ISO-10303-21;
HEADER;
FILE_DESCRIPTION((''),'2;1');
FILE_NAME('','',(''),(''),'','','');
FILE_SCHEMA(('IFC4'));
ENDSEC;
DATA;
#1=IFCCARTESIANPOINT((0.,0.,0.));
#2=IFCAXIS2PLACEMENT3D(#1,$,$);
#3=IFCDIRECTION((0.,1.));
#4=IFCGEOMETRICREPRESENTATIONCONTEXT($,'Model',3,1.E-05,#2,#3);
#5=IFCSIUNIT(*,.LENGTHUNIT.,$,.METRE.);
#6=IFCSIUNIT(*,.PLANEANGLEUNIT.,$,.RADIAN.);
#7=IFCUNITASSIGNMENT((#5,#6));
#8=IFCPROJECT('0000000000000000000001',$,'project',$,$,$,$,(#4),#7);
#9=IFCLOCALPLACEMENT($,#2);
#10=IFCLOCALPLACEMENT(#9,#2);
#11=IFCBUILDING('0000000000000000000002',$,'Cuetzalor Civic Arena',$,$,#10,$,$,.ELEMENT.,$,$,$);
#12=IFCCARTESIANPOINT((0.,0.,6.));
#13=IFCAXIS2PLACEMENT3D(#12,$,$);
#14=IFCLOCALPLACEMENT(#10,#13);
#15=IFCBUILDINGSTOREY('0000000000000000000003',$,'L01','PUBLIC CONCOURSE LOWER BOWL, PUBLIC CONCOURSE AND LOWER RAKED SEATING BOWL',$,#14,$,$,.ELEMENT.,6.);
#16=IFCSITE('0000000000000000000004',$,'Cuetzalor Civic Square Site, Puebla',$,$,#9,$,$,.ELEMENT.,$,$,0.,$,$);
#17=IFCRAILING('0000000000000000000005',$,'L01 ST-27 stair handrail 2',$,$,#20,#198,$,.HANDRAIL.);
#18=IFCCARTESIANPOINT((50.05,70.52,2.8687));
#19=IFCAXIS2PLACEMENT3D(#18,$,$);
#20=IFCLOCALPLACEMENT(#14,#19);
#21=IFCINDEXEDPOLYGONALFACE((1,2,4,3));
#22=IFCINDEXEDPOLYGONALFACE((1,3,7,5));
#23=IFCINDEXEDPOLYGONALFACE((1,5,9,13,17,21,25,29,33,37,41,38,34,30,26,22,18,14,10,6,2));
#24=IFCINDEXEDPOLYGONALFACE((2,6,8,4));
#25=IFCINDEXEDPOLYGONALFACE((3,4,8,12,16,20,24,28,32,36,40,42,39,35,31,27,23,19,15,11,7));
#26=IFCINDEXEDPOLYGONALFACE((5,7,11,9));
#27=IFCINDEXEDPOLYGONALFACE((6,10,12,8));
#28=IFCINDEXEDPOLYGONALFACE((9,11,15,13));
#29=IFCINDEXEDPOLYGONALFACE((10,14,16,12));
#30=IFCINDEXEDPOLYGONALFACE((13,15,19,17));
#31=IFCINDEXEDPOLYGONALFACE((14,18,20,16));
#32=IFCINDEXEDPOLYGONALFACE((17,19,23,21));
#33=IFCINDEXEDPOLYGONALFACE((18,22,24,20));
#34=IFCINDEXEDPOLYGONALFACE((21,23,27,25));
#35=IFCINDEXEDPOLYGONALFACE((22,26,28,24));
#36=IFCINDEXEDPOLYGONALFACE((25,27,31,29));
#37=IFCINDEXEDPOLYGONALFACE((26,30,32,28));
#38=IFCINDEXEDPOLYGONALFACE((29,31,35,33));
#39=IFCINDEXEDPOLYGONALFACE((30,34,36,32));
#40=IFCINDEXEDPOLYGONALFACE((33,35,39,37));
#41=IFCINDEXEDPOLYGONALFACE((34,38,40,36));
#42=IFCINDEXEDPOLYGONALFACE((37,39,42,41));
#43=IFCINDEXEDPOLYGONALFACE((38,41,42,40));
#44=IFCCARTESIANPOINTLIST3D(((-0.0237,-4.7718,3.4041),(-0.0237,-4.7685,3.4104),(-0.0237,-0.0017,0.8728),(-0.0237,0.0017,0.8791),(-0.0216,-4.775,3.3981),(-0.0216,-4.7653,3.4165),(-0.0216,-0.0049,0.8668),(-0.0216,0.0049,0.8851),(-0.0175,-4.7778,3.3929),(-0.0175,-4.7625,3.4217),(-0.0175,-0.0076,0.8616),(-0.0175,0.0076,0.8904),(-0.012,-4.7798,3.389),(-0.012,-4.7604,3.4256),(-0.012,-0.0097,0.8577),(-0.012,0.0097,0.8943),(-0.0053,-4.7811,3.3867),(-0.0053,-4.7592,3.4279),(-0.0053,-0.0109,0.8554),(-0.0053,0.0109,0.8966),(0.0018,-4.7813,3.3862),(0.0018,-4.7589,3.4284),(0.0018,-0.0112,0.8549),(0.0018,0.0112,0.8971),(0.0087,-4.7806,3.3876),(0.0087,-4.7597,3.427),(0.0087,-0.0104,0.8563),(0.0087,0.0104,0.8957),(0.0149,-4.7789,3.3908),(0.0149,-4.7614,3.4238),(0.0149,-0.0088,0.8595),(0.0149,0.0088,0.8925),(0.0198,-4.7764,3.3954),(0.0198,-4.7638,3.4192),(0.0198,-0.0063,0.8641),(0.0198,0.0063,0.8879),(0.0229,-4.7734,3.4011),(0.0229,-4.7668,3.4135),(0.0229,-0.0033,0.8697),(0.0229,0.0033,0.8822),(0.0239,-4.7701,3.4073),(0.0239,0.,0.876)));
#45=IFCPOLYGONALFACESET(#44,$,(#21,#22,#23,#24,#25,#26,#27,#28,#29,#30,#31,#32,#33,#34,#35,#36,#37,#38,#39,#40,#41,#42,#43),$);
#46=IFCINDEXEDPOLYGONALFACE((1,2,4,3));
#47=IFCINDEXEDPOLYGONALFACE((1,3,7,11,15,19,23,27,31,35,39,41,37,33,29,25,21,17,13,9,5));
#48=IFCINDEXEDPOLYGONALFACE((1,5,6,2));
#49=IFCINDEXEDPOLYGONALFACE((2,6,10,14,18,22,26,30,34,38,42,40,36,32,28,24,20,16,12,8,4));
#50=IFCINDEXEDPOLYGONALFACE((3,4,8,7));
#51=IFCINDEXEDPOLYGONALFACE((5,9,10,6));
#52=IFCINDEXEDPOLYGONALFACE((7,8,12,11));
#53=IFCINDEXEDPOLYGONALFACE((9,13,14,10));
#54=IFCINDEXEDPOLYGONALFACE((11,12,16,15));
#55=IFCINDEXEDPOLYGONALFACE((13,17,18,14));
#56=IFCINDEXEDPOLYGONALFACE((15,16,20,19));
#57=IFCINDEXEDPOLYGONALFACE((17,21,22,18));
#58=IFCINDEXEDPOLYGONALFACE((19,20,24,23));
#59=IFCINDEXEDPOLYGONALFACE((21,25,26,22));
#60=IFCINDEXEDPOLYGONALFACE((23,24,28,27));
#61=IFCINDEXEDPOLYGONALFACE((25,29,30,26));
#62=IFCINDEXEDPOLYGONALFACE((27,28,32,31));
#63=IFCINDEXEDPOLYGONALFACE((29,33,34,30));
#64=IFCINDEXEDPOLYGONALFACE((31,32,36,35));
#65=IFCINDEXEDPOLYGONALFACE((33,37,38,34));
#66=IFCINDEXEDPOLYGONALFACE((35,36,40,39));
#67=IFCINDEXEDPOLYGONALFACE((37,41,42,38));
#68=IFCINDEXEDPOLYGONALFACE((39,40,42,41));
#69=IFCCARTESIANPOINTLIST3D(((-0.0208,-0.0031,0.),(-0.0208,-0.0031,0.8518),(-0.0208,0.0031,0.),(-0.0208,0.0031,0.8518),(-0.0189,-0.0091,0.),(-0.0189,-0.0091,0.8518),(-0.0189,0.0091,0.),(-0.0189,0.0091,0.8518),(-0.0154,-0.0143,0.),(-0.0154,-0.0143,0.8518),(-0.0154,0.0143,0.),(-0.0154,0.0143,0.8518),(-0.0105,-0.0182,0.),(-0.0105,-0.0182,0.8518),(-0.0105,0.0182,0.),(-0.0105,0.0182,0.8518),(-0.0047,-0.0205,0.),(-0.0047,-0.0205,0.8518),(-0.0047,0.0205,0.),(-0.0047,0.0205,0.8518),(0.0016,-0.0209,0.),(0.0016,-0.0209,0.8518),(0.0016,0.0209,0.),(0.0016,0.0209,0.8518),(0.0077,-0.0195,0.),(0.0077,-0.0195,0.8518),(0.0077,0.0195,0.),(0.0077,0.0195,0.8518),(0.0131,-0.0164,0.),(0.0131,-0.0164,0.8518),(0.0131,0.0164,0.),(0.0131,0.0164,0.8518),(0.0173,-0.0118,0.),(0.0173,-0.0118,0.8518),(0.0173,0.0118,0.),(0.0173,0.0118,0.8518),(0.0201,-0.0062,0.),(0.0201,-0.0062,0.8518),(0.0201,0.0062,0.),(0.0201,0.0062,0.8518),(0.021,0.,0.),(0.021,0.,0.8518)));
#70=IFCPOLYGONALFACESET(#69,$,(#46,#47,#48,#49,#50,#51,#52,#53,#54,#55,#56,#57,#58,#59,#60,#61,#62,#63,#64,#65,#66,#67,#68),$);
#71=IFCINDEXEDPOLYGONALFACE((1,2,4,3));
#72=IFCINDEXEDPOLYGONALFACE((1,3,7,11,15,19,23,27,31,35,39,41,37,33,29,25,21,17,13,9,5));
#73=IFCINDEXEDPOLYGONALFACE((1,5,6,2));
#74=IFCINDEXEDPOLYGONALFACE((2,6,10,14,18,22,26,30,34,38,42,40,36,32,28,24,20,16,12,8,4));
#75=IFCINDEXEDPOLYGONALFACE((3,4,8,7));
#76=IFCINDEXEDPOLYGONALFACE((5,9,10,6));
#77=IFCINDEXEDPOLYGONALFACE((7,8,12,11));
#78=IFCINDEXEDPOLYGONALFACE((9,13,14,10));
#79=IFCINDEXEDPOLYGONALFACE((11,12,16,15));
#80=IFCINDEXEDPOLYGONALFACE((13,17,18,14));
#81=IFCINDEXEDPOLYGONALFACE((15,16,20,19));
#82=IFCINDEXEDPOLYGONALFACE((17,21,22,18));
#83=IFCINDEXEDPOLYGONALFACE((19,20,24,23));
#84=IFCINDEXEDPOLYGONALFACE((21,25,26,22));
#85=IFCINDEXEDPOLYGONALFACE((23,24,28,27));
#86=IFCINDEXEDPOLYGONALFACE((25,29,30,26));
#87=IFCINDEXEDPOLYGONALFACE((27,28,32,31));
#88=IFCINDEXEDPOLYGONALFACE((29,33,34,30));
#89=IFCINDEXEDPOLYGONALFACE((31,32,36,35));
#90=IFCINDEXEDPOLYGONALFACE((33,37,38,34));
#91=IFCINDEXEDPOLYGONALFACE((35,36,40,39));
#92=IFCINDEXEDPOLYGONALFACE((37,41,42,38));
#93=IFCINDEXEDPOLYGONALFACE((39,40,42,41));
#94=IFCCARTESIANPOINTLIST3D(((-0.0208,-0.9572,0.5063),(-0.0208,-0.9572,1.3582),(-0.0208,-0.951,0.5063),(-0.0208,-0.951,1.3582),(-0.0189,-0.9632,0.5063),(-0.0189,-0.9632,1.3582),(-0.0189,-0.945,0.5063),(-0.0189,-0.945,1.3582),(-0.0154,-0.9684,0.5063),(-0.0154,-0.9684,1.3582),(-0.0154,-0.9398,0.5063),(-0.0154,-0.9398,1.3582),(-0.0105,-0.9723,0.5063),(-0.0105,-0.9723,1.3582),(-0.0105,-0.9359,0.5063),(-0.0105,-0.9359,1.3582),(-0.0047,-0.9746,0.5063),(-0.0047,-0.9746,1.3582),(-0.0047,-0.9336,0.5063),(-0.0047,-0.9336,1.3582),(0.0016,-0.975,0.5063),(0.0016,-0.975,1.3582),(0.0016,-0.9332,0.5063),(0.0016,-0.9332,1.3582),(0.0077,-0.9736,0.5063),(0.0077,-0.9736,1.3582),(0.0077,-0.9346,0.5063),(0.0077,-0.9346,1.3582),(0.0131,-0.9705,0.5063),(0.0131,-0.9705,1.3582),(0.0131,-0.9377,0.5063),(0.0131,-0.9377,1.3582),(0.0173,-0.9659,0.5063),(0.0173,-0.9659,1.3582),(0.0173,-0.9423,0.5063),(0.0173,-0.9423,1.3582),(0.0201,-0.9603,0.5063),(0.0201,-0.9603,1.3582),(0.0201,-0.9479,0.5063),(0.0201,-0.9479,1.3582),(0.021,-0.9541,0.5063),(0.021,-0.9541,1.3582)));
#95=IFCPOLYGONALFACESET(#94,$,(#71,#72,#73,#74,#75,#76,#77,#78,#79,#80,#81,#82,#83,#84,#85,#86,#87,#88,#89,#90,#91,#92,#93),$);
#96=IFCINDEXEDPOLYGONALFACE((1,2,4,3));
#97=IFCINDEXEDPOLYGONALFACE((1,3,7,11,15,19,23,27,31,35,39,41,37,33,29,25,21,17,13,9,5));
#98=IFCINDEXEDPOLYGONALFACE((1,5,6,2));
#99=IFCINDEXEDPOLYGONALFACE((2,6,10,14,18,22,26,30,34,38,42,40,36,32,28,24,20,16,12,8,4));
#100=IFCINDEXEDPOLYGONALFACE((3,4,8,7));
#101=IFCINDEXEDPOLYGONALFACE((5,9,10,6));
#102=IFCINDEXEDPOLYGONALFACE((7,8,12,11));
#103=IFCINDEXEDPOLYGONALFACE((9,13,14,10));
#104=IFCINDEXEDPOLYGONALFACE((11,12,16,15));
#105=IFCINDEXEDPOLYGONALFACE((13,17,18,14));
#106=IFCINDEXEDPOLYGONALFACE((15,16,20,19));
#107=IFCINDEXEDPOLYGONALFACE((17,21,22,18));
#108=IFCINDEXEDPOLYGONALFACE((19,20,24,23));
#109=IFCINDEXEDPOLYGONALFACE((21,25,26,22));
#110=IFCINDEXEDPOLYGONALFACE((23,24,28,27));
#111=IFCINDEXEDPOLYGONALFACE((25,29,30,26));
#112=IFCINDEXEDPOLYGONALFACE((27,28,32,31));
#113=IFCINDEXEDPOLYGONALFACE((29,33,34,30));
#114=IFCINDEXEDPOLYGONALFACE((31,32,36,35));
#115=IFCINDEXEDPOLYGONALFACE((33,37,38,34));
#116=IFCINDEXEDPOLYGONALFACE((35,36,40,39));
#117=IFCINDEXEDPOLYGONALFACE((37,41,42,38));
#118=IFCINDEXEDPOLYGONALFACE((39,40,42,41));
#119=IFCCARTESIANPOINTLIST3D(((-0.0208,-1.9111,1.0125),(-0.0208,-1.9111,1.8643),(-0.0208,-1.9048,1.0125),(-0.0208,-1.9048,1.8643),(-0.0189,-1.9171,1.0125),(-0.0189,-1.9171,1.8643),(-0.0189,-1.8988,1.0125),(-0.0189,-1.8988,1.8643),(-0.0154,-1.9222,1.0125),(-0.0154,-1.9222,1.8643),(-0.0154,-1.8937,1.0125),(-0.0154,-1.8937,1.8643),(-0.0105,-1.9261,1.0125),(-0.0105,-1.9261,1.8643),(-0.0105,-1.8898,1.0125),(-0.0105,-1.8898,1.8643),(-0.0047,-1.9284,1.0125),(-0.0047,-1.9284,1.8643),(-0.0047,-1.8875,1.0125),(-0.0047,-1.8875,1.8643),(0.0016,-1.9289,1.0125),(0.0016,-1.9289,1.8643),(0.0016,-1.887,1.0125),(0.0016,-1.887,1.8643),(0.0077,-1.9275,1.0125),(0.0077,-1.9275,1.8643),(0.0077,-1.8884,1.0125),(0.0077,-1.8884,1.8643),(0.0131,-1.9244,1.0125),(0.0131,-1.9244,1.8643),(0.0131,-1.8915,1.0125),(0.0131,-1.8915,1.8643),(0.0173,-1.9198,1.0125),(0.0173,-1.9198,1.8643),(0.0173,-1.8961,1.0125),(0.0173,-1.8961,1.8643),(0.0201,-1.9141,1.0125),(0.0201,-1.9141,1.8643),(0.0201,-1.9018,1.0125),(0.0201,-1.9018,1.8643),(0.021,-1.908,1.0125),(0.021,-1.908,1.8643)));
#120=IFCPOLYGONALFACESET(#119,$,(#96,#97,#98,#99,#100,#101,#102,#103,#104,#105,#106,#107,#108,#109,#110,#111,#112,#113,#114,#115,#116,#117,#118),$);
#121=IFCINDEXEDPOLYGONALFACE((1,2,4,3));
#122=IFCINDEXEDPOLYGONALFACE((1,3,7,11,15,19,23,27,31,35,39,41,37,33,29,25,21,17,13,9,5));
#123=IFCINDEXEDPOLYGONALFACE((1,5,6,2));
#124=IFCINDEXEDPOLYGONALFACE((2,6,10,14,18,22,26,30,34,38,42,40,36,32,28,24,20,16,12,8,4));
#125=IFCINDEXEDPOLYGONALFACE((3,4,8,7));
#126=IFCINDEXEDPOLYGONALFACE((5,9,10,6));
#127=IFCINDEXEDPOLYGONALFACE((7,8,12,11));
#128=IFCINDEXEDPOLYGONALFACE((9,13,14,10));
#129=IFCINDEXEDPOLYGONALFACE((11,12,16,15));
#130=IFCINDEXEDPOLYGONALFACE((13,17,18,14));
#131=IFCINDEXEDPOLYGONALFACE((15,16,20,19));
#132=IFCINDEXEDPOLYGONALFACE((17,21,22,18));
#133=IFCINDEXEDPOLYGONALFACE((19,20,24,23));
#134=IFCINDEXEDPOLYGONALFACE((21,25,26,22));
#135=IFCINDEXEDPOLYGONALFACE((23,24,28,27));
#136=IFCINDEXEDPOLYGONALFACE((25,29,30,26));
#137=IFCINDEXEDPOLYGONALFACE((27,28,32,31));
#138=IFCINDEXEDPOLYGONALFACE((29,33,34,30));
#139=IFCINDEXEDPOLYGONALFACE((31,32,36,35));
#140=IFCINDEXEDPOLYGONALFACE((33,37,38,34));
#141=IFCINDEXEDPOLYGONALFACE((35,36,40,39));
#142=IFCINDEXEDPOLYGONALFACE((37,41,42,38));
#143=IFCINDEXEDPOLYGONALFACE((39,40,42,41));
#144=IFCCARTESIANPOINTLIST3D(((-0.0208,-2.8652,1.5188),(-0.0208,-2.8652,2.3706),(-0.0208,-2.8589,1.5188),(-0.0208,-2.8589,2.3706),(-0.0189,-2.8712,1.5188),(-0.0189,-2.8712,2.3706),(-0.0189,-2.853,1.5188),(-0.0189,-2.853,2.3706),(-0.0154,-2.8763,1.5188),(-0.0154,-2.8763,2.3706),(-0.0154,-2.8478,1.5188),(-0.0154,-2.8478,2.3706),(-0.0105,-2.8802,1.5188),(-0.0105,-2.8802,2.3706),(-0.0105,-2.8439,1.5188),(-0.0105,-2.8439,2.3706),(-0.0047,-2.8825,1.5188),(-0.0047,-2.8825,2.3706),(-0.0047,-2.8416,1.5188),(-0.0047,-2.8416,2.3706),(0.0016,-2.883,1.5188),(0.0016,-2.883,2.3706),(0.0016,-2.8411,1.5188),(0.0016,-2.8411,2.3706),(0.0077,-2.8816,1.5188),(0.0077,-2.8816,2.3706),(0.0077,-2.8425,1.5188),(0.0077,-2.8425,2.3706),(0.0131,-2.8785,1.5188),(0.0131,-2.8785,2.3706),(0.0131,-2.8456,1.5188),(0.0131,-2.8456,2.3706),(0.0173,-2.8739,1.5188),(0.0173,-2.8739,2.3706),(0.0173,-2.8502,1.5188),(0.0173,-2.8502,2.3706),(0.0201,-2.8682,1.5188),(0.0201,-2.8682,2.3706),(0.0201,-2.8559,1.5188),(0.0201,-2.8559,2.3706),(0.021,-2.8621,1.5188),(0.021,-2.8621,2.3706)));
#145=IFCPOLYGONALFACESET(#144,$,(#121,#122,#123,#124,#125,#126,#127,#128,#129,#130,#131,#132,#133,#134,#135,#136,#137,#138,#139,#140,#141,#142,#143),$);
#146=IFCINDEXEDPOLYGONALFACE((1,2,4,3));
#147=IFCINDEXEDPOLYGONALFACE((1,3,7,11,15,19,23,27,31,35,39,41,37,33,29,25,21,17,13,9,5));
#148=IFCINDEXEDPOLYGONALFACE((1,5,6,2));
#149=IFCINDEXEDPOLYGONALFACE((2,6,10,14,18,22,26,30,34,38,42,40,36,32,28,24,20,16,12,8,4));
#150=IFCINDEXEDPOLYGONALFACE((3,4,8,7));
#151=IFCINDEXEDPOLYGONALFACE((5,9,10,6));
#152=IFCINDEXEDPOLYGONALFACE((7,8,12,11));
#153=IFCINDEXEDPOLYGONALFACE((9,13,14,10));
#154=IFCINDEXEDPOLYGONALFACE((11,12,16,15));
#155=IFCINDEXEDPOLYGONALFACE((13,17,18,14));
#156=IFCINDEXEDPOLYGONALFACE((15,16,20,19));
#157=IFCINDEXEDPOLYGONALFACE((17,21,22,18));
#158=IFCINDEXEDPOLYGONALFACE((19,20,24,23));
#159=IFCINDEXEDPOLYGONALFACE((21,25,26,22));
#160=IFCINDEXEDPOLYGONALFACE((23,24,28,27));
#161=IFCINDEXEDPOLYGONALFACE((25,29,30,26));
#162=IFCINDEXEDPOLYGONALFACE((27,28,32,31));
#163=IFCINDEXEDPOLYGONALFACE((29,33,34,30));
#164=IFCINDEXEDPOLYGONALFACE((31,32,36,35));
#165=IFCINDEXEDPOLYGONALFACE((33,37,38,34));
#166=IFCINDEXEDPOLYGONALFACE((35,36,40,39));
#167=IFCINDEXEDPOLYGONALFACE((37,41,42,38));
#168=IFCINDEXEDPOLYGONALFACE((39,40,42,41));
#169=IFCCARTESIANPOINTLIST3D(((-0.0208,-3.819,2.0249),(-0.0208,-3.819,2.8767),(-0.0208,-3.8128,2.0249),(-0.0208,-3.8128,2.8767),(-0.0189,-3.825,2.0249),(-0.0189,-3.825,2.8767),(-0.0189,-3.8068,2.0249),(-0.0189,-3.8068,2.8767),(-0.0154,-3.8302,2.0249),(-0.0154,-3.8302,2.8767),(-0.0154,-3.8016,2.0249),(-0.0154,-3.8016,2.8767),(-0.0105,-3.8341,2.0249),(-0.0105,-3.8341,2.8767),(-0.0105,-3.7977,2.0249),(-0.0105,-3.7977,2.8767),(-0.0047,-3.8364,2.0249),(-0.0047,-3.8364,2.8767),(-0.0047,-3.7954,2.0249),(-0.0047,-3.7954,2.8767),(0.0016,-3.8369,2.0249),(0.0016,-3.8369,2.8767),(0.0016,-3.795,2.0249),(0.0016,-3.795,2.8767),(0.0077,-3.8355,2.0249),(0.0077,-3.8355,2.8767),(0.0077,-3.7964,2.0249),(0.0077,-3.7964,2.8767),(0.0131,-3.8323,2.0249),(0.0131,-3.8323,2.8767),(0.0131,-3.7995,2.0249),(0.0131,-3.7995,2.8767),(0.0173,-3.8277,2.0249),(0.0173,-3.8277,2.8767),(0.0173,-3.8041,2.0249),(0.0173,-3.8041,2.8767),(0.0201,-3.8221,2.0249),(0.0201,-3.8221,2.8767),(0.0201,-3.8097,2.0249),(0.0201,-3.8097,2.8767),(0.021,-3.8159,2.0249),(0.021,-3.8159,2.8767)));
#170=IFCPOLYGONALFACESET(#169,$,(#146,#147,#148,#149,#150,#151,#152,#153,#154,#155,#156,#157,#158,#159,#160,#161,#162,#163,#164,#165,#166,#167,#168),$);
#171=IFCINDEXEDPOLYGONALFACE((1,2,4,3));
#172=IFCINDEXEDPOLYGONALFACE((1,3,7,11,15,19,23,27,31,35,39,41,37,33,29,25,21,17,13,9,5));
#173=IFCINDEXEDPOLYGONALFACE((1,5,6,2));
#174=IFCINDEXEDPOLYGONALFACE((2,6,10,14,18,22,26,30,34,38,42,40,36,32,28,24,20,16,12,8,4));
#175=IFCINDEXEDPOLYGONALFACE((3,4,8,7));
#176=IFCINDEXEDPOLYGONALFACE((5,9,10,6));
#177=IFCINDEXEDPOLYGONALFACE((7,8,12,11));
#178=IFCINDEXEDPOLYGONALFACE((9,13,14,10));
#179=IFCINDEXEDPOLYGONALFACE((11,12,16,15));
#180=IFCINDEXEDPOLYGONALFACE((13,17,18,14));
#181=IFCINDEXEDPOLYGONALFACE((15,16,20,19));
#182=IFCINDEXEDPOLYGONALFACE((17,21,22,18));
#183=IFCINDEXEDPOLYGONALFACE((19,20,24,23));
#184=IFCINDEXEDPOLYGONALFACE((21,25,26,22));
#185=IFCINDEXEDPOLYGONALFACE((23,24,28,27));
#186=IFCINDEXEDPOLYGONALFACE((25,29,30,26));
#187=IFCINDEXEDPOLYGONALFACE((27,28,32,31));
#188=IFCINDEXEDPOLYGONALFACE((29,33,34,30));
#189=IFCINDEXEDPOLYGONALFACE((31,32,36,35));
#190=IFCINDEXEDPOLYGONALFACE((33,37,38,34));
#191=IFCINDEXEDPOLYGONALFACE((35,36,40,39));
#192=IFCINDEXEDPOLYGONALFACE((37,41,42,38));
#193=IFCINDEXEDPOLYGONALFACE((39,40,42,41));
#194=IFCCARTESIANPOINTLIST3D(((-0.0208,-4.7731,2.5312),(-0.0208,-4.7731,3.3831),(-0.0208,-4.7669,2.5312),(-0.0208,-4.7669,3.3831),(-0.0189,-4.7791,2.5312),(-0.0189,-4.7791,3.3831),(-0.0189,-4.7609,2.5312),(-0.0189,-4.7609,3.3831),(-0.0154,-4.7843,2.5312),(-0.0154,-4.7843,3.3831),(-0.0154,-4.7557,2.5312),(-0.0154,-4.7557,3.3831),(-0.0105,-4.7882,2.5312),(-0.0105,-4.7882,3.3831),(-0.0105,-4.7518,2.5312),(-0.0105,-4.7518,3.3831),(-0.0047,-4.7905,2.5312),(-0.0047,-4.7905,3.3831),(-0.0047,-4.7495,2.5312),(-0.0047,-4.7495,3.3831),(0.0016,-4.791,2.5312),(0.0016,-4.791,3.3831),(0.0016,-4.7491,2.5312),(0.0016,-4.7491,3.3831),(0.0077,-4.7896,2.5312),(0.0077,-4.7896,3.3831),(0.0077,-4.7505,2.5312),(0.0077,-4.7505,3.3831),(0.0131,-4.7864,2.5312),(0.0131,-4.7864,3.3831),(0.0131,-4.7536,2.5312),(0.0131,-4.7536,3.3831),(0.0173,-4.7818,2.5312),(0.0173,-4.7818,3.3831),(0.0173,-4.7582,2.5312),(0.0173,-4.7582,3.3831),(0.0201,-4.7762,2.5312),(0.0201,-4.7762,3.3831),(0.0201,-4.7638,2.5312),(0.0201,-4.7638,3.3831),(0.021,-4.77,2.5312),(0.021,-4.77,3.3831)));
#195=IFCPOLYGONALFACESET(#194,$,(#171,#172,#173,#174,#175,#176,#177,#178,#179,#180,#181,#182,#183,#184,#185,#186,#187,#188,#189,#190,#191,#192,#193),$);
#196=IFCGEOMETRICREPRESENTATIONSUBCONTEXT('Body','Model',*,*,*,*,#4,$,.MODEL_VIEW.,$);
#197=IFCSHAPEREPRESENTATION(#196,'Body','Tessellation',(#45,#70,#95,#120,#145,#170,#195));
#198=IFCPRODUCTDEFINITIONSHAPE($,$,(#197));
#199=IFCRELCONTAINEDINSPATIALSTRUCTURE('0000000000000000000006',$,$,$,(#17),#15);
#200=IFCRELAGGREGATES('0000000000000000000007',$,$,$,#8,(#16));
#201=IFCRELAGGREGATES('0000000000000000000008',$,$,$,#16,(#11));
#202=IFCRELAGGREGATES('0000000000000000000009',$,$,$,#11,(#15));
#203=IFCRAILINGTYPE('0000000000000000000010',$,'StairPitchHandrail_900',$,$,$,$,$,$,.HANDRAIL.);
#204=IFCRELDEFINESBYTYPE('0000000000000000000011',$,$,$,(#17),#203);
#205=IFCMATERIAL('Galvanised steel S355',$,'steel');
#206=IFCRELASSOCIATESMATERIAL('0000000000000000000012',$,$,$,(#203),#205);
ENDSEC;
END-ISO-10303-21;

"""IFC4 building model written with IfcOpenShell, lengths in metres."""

from ifc_helpers import new_model, si_unit, direction, frame, origin, origin_2d, place, context, subcontext, project, spatial, circle, extrude, material, type_object, element, save


model = new_model("IFC4")

# Units and contexts
model_context = context("Model", 3, precision=1e-05, world=origin(), true_north=direction((0.0, 1.0)))
body_context = subcontext(model_context, "Body", "Model", "MODEL_VIEW")
ifc_project = project(units=[si_unit("LENGTHUNIT", "METRE"), si_unit("PLANEANGLEUNIT", "RADIAN")], contexts=[model_context])

# Site, building, storey
site_placement = place(None, origin())
site = spatial("IfcSite", under=ifc_project, at=site_placement, Name="Cuetzalor Civic Square Site, Puebla", CompositionType="ELEMENT", RefElevation=0.0)
building_placement = place(site_placement, origin())
building = spatial("IfcBuilding", under=site, at=building_placement, Name="Cuetzalor Civic Arena", CompositionType="ELEMENT")
storey_placement = place(building_placement, frame((0.0, 0.0, 6.0)))
storey = spatial("IfcBuildingStorey", under=building, at=storey_placement, Name="L01", Description="PUBLIC CONCOURSE LOWER BOWL, PUBLIC CONCOURSE AND LOWER RAKED SEATING BOWL", CompositionType="ELEMENT", Elevation=6.0)

# Railing
ifc_material_1 = material(Name="Galvanised steel S355", Category="steel")
railing_type_1 = type_object("IfcRailingType", Name="StairPitchHandrail_900", PredefinedType="HANDRAIL", material=ifc_material_1)
railing_1_placement = place(storey_placement, frame((50.05, 70.52, 2.8687)))
element("IfcRailing", 1, at=railing_1_placement, inside=storey, type_object=railing_type_1, Name="L01 ST-27 stair handrail 2", PredefinedType="HANDRAIL", context=body_context, shape_type="SweptSolid", body=[
    extrude(circle(Radius=0.0239, at=origin_2d()), frame((0.0, 0.0, 0.876), z_axis=(0.0, -0.883332, 0.468747), x_axis=(1.0, 0.0, 0.0)), (0.0, 0.0, 1.0), 5.4001),
    extrude(circle(Radius=0.021, at=origin_2d()), origin(), (0.0, 0.0, 1.0), 0.8518),
    extrude(circle(Radius=0.021, at=origin_2d()), frame((0.0, -0.9541, 0.5063)), (0.0, 0.0, 1.0), 0.8518),
    extrude(circle(Radius=0.021, at=origin_2d()), frame((0.0, -1.908, 1.0125)), (0.0, 0.0, 1.0), 0.8518),
    extrude(circle(Radius=0.021, at=origin_2d()), frame((0.0, -2.8621, 1.5188)), (0.0, 0.0, 1.0), 0.8518),
    extrude(circle(Radius=0.021, at=origin_2d()), frame((0.0, -3.8159, 2.0249)), (0.0, 0.0, 1.0), 0.8518),
    extrude(circle(Radius=0.021, at=origin_2d()), frame((0.0, -4.77, 2.5312)), (0.0, 0.0, 1.0), 0.8518),
])

save(model, "model.ifc")
